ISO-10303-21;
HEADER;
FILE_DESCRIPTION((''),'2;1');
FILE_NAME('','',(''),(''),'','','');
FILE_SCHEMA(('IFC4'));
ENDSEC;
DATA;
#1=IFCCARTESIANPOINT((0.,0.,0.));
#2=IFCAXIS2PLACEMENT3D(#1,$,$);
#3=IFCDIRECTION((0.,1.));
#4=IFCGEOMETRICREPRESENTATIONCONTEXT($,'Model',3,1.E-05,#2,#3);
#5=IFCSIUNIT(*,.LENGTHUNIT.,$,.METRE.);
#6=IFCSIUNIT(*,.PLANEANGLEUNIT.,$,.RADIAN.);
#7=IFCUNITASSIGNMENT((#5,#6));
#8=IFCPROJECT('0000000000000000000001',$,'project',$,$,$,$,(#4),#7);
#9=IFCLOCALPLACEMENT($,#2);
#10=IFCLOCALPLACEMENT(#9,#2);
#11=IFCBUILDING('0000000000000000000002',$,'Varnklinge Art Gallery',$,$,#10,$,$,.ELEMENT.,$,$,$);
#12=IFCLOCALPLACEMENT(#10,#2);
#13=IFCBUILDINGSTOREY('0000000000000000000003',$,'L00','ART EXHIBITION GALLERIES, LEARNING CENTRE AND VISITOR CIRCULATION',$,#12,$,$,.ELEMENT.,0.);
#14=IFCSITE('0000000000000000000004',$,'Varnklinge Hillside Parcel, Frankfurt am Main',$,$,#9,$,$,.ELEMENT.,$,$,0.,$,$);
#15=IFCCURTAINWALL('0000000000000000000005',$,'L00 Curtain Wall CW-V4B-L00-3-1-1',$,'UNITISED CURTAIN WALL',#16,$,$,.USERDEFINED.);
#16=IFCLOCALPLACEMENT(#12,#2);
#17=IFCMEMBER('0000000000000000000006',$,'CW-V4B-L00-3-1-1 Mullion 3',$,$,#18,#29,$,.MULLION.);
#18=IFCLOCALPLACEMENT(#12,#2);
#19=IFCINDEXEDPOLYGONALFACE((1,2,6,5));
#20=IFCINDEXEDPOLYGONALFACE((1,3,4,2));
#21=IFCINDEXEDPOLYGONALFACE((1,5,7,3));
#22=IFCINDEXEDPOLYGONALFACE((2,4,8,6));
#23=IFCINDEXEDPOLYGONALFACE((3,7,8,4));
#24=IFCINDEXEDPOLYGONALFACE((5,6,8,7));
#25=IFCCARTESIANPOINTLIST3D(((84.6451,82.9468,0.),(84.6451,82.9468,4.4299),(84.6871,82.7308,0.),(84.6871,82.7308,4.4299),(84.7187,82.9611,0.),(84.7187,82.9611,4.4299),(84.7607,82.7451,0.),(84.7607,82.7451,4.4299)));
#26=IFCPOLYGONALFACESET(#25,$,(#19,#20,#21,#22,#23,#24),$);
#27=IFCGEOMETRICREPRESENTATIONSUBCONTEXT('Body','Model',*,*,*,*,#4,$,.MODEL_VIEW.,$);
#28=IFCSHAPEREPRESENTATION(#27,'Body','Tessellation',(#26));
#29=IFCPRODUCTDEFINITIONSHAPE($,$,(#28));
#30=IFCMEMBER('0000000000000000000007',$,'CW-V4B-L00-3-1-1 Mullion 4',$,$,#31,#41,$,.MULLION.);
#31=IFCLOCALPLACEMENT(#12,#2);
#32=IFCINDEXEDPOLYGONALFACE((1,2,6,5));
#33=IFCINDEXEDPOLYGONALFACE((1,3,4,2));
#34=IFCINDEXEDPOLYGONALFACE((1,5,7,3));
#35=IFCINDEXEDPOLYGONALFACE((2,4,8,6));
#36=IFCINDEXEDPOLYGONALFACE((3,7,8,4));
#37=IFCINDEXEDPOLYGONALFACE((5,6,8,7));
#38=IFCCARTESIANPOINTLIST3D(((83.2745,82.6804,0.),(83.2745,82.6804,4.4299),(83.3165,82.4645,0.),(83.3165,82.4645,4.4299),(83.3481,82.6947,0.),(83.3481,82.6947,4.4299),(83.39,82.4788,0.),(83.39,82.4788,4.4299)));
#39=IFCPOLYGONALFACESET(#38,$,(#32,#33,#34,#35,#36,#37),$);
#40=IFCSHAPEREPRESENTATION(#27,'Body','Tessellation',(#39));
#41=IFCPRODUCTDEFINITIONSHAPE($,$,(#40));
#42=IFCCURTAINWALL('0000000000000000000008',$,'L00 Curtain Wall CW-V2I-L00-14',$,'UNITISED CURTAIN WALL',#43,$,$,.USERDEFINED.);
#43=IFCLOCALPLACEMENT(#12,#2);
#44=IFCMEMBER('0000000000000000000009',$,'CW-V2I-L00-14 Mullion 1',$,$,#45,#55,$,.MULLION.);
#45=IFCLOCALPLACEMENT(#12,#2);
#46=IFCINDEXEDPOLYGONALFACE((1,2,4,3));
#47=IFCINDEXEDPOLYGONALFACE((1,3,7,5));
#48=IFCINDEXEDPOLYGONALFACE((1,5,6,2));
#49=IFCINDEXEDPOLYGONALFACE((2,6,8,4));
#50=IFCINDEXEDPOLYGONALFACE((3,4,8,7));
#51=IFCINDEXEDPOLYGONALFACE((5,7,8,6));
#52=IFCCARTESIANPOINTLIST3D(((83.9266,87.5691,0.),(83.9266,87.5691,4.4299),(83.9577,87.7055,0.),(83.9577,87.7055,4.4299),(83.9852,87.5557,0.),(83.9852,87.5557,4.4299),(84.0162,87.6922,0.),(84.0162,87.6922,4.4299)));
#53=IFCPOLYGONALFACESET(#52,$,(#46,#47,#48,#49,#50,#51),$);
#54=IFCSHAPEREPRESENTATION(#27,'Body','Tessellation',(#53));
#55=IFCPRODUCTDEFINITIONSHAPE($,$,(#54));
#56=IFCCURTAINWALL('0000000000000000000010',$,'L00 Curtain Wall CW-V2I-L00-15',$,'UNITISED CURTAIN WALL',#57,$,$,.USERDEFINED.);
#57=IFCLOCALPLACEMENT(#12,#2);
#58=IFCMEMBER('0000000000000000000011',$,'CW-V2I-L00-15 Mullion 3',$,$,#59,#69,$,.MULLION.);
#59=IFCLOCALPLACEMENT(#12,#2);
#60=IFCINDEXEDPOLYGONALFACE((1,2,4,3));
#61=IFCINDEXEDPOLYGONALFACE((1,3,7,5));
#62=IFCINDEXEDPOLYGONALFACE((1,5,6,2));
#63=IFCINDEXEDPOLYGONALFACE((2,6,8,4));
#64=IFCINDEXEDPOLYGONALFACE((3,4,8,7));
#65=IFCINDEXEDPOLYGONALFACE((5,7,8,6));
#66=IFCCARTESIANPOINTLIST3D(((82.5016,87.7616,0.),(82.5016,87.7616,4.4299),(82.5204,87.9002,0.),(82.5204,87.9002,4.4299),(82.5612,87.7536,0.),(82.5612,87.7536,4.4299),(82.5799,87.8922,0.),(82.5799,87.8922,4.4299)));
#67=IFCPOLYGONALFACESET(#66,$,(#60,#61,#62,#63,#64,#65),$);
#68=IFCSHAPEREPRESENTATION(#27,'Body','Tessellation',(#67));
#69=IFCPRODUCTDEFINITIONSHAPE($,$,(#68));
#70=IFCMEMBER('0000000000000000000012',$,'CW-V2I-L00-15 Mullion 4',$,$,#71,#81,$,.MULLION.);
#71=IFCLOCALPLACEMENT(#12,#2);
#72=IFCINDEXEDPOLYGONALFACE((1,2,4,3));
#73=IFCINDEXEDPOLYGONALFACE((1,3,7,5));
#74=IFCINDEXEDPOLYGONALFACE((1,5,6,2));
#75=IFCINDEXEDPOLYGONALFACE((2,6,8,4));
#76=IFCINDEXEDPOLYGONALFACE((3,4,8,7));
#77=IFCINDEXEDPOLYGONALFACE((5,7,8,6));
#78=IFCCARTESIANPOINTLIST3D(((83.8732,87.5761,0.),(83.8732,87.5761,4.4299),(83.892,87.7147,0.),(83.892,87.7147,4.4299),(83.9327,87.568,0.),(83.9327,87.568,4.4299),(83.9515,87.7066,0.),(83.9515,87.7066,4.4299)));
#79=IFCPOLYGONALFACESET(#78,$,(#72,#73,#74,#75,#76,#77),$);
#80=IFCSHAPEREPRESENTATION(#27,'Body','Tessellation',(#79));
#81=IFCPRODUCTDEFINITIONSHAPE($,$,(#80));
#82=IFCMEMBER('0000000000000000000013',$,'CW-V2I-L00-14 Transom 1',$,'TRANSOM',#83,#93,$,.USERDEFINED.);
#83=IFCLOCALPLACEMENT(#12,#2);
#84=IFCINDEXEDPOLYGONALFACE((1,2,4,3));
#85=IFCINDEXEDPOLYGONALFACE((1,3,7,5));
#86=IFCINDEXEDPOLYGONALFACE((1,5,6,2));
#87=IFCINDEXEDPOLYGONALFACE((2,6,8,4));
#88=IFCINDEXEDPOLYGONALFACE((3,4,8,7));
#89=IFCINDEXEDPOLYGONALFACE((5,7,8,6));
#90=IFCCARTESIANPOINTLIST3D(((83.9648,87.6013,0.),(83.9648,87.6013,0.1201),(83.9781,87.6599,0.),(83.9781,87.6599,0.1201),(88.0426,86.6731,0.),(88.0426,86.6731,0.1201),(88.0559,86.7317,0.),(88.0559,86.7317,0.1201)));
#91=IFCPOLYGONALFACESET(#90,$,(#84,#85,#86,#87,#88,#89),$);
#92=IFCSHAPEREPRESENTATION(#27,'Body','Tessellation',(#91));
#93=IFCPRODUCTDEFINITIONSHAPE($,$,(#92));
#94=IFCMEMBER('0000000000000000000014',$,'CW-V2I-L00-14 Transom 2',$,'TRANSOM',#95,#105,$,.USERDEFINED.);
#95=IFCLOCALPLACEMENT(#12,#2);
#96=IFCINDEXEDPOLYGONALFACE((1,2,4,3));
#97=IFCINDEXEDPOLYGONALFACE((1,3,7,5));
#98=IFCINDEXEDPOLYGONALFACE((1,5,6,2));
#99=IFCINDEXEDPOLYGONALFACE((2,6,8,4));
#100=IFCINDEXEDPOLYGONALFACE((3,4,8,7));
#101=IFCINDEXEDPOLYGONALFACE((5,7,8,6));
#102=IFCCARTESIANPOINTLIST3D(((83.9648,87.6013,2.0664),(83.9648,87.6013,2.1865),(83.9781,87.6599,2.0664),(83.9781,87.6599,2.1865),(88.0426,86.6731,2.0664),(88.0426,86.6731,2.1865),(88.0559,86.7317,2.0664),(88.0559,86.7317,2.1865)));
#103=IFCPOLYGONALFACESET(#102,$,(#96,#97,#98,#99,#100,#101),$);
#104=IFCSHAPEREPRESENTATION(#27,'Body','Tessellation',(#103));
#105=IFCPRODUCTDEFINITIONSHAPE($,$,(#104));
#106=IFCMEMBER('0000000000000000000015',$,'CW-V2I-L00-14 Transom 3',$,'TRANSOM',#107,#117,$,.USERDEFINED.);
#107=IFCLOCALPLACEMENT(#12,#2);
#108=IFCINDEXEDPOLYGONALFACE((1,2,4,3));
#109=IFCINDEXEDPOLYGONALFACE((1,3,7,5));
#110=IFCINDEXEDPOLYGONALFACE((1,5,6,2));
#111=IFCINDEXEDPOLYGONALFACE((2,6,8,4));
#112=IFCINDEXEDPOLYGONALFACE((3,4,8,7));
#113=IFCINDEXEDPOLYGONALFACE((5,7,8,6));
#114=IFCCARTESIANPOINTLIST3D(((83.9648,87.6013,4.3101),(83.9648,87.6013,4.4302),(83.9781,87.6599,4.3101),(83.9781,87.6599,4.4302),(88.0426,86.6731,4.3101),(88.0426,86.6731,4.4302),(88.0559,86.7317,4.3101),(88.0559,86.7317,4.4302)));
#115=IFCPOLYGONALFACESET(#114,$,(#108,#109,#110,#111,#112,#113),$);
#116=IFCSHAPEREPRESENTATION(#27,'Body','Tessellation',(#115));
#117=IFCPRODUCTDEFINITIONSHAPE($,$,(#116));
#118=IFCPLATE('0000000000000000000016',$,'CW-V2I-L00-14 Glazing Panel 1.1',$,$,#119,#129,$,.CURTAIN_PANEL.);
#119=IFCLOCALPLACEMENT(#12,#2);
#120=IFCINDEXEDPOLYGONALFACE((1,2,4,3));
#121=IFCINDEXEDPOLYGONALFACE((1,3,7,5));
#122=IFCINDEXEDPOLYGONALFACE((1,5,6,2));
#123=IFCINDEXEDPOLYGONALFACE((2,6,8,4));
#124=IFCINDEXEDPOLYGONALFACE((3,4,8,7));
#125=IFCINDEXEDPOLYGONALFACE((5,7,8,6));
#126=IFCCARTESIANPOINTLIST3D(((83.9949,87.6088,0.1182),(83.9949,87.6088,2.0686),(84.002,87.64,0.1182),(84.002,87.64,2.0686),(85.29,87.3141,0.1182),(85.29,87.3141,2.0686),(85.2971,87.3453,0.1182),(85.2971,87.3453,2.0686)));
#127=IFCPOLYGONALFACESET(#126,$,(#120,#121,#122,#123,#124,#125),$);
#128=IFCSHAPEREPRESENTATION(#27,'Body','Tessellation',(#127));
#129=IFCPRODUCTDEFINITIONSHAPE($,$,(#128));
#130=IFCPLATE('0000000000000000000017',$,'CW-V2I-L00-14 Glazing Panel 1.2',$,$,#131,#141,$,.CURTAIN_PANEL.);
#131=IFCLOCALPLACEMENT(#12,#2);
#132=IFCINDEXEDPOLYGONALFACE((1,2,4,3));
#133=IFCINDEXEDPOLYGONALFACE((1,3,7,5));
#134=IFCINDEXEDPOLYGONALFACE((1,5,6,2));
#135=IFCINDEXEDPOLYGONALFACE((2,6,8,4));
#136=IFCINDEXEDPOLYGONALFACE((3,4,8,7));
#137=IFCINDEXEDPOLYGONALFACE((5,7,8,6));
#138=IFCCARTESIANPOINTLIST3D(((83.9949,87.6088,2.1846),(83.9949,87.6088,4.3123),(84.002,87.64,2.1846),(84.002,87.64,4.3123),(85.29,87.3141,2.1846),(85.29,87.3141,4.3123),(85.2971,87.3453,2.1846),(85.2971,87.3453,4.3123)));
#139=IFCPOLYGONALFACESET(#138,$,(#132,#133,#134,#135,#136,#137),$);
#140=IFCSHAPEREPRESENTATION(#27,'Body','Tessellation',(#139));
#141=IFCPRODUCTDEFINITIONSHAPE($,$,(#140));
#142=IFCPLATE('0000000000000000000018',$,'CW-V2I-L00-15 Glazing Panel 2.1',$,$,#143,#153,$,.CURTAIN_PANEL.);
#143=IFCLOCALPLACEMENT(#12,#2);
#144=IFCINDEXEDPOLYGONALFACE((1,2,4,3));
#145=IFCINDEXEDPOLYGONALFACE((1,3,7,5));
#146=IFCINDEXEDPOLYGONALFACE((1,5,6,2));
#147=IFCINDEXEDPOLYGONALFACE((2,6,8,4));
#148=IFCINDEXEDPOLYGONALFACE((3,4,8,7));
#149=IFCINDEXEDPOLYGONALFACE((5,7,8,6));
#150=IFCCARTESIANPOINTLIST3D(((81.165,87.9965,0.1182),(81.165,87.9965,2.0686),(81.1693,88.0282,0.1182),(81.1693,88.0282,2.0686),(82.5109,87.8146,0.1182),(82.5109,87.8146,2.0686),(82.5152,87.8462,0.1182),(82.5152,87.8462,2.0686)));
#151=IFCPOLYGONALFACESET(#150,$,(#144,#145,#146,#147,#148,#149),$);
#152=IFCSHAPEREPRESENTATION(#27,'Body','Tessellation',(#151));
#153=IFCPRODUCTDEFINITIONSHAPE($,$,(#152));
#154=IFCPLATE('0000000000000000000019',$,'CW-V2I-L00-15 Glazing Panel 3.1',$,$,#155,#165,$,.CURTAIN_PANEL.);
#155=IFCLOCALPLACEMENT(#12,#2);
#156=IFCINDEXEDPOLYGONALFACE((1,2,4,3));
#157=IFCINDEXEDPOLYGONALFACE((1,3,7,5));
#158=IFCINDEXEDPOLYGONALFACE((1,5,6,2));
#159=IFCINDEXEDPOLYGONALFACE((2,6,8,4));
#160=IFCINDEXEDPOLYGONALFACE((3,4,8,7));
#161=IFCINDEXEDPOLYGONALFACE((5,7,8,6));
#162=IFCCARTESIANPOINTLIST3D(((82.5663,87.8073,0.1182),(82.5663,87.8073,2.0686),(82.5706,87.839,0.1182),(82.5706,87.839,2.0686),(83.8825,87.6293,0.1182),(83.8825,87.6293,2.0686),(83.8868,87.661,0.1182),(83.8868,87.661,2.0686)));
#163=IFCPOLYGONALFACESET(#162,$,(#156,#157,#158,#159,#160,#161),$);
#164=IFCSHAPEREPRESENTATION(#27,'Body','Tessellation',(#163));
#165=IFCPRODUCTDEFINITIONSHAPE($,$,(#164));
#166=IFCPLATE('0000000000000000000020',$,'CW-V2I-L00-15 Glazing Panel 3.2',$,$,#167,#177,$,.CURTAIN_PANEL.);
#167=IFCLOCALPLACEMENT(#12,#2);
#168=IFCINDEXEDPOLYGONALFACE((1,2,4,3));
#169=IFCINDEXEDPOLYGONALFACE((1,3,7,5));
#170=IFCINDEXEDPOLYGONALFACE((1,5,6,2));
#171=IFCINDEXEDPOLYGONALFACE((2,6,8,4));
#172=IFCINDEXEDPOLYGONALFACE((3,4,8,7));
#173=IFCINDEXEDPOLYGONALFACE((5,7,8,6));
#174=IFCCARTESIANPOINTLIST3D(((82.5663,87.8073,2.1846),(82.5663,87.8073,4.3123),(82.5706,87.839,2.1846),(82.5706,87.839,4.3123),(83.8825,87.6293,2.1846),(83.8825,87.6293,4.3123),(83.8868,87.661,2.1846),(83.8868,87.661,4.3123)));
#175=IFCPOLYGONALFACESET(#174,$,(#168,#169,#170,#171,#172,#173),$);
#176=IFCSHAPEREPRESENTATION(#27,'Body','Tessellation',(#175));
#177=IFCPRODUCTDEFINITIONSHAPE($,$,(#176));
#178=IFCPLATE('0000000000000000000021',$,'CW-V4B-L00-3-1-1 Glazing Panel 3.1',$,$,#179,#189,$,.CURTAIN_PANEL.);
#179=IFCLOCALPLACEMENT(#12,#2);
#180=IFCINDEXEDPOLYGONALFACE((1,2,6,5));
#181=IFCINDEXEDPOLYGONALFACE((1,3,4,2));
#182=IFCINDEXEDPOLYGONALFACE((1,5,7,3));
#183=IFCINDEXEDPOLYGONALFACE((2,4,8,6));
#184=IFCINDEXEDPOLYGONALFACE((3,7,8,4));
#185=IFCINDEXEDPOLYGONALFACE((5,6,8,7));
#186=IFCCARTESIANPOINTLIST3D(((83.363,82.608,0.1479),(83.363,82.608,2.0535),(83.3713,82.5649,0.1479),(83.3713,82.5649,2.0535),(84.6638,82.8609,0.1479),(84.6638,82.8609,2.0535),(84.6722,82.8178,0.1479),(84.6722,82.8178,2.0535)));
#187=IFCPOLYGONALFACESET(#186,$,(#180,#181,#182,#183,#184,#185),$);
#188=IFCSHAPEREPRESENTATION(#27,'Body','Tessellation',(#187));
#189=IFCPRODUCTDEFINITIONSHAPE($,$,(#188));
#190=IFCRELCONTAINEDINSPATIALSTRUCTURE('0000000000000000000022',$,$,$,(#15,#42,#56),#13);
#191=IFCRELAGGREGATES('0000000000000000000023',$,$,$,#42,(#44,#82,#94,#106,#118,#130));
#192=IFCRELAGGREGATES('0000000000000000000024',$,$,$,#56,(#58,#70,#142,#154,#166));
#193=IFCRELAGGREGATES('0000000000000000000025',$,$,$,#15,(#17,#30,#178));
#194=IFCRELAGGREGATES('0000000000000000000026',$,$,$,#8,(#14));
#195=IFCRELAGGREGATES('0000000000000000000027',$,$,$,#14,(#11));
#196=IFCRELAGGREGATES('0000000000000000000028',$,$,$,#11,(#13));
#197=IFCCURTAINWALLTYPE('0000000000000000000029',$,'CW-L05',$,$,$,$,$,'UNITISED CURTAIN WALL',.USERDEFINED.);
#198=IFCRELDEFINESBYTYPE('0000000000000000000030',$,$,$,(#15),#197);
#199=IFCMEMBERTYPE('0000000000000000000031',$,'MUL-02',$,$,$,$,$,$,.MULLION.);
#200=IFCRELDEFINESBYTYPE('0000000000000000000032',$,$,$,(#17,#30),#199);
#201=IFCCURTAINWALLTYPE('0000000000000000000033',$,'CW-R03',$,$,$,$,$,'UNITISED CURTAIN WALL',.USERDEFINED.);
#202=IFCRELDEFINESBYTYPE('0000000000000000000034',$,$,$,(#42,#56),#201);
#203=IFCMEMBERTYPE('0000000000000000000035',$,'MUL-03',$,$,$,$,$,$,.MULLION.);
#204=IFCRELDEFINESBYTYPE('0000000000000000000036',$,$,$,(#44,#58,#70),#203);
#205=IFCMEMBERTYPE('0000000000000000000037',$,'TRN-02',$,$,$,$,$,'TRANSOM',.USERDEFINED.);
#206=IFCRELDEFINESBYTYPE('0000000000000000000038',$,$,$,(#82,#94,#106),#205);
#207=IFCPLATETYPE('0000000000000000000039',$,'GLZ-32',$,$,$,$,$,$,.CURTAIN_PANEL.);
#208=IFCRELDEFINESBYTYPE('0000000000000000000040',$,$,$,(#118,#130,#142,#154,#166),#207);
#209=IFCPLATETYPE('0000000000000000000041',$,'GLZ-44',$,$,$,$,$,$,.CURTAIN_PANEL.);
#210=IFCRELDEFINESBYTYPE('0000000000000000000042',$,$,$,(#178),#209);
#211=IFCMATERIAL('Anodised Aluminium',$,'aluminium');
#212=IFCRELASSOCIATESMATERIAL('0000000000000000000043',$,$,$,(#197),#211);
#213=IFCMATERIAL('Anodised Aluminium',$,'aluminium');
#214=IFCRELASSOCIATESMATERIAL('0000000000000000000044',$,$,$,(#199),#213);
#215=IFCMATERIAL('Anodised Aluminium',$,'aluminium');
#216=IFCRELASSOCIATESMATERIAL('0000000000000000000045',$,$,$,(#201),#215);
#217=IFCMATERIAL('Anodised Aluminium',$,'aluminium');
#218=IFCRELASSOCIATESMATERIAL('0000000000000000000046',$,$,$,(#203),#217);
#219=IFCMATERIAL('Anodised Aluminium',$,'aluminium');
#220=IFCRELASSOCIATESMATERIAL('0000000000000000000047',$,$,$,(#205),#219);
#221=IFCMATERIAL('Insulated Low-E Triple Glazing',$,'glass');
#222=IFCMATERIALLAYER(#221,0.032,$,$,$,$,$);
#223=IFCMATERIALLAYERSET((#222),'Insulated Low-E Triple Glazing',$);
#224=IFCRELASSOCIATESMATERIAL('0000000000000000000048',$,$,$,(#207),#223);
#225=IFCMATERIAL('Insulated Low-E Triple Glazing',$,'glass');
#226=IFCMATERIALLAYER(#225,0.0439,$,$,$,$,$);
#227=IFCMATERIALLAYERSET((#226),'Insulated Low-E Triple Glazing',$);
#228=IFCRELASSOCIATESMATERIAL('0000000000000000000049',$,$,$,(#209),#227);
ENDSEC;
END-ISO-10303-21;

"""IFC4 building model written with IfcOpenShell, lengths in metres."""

from ifc_helpers import new_model, si_unit, direction, frame, origin, origin_2d, place, context, subcontext, project, spatial, rectangle, extrude, material, layer, layer_set, material_profile, profile_set, type_object, element, aggregate, save


model = new_model("IFC4")

# Units and contexts
model_context = context("Model", 3, precision=1e-05, world=origin(), true_north=direction((0.0, 1.0)))
body_context = subcontext(model_context, "Body", "Model", "MODEL_VIEW")
ifc_project = project(units=[si_unit("LENGTHUNIT", "METRE"), si_unit("PLANEANGLEUNIT", "RADIAN")], contexts=[model_context])

# Site, building, storey
site_placement = place(None, origin())
site = spatial("IfcSite", under=ifc_project, at=site_placement, Name="Varnklinge Hillside Parcel, Frankfurt am Main", CompositionType="ELEMENT", RefElevation=0.0)
building_placement = place(site_placement, origin())
building = spatial("IfcBuilding", under=site, at=building_placement, Name="Varnklinge Art Gallery", CompositionType="ELEMENT")
storey_placement = place(building_placement, origin())
storey = spatial("IfcBuildingStorey", under=building, at=storey_placement, Name="L00", Description="ART EXHIBITION GALLERIES, LEARNING CENTRE AND VISITOR CIRCULATION", CompositionType="ELEMENT", Elevation=0.0)

# Curtain wall, members
ifc_material_1 = material(Name="Anodised Aluminium", Category="aluminium")
curtain_wall_type_1 = type_object("IfcCurtainWallType", Name="CW-L05", ElementType="UNITISED CURTAIN WALL", PredefinedType="USERDEFINED", material=ifc_material_1)
curtain_wall_1_placement = place(storey_placement, origin())
curtain_wall_1 = element("IfcCurtainWall", 1, at=curtain_wall_1_placement, inside=storey, type_object=curtain_wall_type_1, Name="L00 Curtain Wall CW-V4B-L00-3-1-1", ObjectType="UNITISED CURTAIN WALL", PredefinedType="USERDEFINED")
ifc_material_2 = material(Name="Anodised Aluminium", Category="aluminium")
ifc_material_profile_1 = material_profile(ifc_material_2, rectangle(XDim=0.075, YDim=0.22, at=origin_2d()), Name="ALU 75x220")
ifc_profile_set_1 = profile_set([ifc_material_profile_1], Name="Anodised Aluminium")
member_type_1 = type_object("IfcMemberType", Name="MUL-02", PredefinedType="MULLION", material=ifc_profile_set_1)
member_1_placement = place(storey_placement, frame((84.7029, 82.8459, 0.0), z_axis=(0.0, 0.0, 1.0), x_axis=(-0.981627, -0.190809, 0.0)))
member_1 = element("IfcMember", 2, at=member_1_placement, type_object=member_type_1, Name="CW-V4B-L00-3-1-1 Mullion 3", PredefinedType="MULLION", context=body_context, shape_type="SweptSolid", body=[
    extrude(rectangle(XDim=0.075, YDim=0.22, at=origin_2d()), origin(), (0.0, 0.0, 1.0), 4.4299),
])
member_2_placement = place(storey_placement, frame((83.3323, 82.5796, 0.0), z_axis=(0.0, 0.0, 1.0), x_axis=(-0.981627, -0.190809, 0.0)))
member_2 = element("IfcMember", 3, at=member_2_placement, type_object=member_type_1, Name="CW-V4B-L00-3-1-1 Mullion 4", PredefinedType="MULLION", context=body_context, shape_type="SweptSolid", body=[
    extrude(rectangle(XDim=0.075, YDim=0.22, at=origin_2d()), origin(), (0.0, 0.0, 1.0), 4.4299),
])

# Curtain wall, member
ifc_material_3 = material(Name="Anodised Aluminium", Category="aluminium")
curtain_wall_type_2 = type_object("IfcCurtainWallType", Name="CW-R03", ElementType="UNITISED CURTAIN WALL", PredefinedType="USERDEFINED", material=ifc_material_3)
curtain_wall_2_placement = place(storey_placement, origin())
curtain_wall_2 = element("IfcCurtainWall", 4, at=curtain_wall_2_placement, inside=storey, type_object=curtain_wall_type_2, Name="L00 Curtain Wall CW-V2I-L00-14", ObjectType="UNITISED CURTAIN WALL", PredefinedType="USERDEFINED")
ifc_material_4 = material(Name="Anodised Aluminium", Category="aluminium")
ifc_material_profile_2 = material_profile(ifc_material_4, rectangle(XDim=0.0601, YDim=0.1399, at=origin_2d()), Name="ALU 60x140")
ifc_profile_set_2 = profile_set([ifc_material_profile_2], Name="Anodised Aluminium")
member_type_2 = type_object("IfcMemberType", Name="MUL-03", PredefinedType="MULLION", material=ifc_profile_set_2)
member_3_placement = place(storey_placement, frame((83.9714, 87.6306, 0.0), z_axis=(0.0, 0.0, 1.0), x_axis=(0.975072, -0.221889, 0.0)))
member_3 = element("IfcMember", 5, at=member_3_placement, type_object=member_type_2, Name="CW-V2I-L00-14 Mullion 1", PredefinedType="MULLION", context=body_context, shape_type="SweptSolid", body=[
    extrude(rectangle(XDim=0.0601, YDim=0.1399, at=origin_2d()), origin(), (0.0, 0.0, 1.0), 4.4299),
])

# Curtain wall, members
curtain_wall_3_placement = place(storey_placement, origin())
curtain_wall_3 = element("IfcCurtainWall", 6, at=curtain_wall_3_placement, inside=storey, type_object=curtain_wall_type_2, Name="L00 Curtain Wall CW-V2I-L00-15", ObjectType="UNITISED CURTAIN WALL", PredefinedType="USERDEFINED")
member_4_placement = place(storey_placement, frame((82.5408, 87.8269, 0.0), z_axis=(0.0, 0.0, 1.0), x_axis=(0.990983, -0.133986, 0.0)))
member_4 = element("IfcMember", 7, at=member_4_placement, type_object=member_type_2, Name="CW-V2I-L00-15 Mullion 3", PredefinedType="MULLION", context=body_context, shape_type="SweptSolid", body=[
    extrude(rectangle(XDim=0.0601, YDim=0.1399, at=origin_2d()), origin(), (0.0, 0.0, 1.0), 4.4299),
])
member_5_placement = place(storey_placement, frame((83.9124, 87.6414, 0.0), z_axis=(0.0, 0.0, 1.0), x_axis=(0.990983, -0.133986, 0.0)))
member_5 = element("IfcMember", 8, at=member_5_placement, type_object=member_type_2, Name="CW-V2I-L00-15 Mullion 4", PredefinedType="MULLION", context=body_context, shape_type="SweptSolid", body=[
    extrude(rectangle(XDim=0.0601, YDim=0.1399, at=origin_2d()), origin(), (0.0, 0.0, 1.0), 4.4299),
])

# Members
ifc_material_5 = material(Name="Anodised Aluminium", Category="aluminium")
ifc_material_profile_3 = material_profile(ifc_material_5, rectangle(XDim=0.0601, YDim=0.1201, at=origin_2d()), Name="ALU 60x120")
ifc_profile_set_3 = profile_set([ifc_material_profile_3], Name="Anodised Aluminium")
member_type_3 = type_object("IfcMemberType", Name="TRN-02", ElementType="TRANSOM", PredefinedType="USERDEFINED", material=ifc_profile_set_3)
member_6_placement = place(storey_placement, frame((83.9714, 87.6306, 0.0601), z_axis=(0.975059, -0.221947, 0.0), x_axis=(0.221947, 0.975059, 0.0)))
member_6 = element("IfcMember", 9, at=member_6_placement, type_object=member_type_3, Name="CW-V2I-L00-14 Transom 1", ObjectType="TRANSOM", PredefinedType="USERDEFINED", context=body_context, shape_type="SweptSolid", body=[
    extrude(rectangle(XDim=0.0601, YDim=0.1201, at=origin_2d()), origin(), (0.0, 0.0, 1.0), 4.1821),
])
member_7_placement = place(storey_placement, frame((83.9714, 87.6306, 2.1265), z_axis=(0.975059, -0.221947, 0.0), x_axis=(0.221947, 0.975059, 0.0)))
member_7 = element("IfcMember", 10, at=member_7_placement, type_object=member_type_3, Name="CW-V2I-L00-14 Transom 2", ObjectType="TRANSOM", PredefinedType="USERDEFINED", context=body_context, shape_type="SweptSolid", body=[
    extrude(rectangle(XDim=0.0601, YDim=0.1201, at=origin_2d()), origin(), (0.0, 0.0, 1.0), 4.1821),
])
member_8_placement = place(storey_placement, frame((83.9714, 87.6306, 4.3701), z_axis=(0.975059, -0.221947, 0.0), x_axis=(0.221947, 0.975059, 0.0)))
member_8 = element("IfcMember", 11, at=member_8_placement, type_object=member_type_3, Name="CW-V2I-L00-14 Transom 3", ObjectType="TRANSOM", PredefinedType="USERDEFINED", context=body_context, shape_type="SweptSolid", body=[
    extrude(rectangle(XDim=0.0601, YDim=0.1201, at=origin_2d()), origin(), (0.0, 0.0, 1.0), 4.1821),
])

# Plates
ifc_material_6 = material(Name="Insulated Low-E Triple Glazing", Category="glass")
ifc_layer_1 = layer(ifc_material_6, 0.032)
ifc_layer_set_1 = layer_set([ifc_layer_1], Name="Insulated Low-E Triple Glazing")
plate_type_1 = type_object("IfcPlateType", Name="GLZ-32", PredefinedType="CURTAIN_PANEL", material=ifc_layer_set_1)
plate_1_placement = place(storey_placement, frame((84.646, 87.4771, 0.1182), z_axis=(0.0, 0.0, 1.0), x_axis=(0.975072, -0.221889, 0.0)))
plate_1 = element("IfcPlate", 12, at=plate_1_placement, type_object=plate_type_1, Name="CW-V2I-L00-14 Glazing Panel 1.1", PredefinedType="CURTAIN_PANEL", context=body_context, shape_type="SweptSolid", body=[
    extrude(rectangle(XDim=1.3281, YDim=0.032, at=origin_2d()), origin(), (0.0, 0.0, 1.0), 1.9504),
])
plate_2_placement = place(storey_placement, frame((84.646, 87.4771, 2.1846), z_axis=(0.0, 0.0, 1.0), x_axis=(0.975072, -0.221889, 0.0)))
plate_2 = element("IfcPlate", 13, at=plate_2_placement, type_object=plate_type_1, Name="CW-V2I-L00-14 Glazing Panel 1.2", PredefinedType="CURTAIN_PANEL", context=body_context, shape_type="SweptSolid", body=[
    extrude(rectangle(XDim=1.3281, YDim=0.032, at=origin_2d()), origin(), (0.0, 0.0, 1.0), 2.1277),
])
aggregate(curtain_wall_2, [member_3, member_6, member_7, member_8, plate_1, plate_2])
plate_3_placement = place(storey_placement, frame((81.8401, 87.9214, 0.1182), z_axis=(0.0, 0.0, 1.0), x_axis=(0.990983, -0.133986, 0.0)))
plate_3 = element("IfcPlate", 14, at=plate_3_placement, type_object=plate_type_1, Name="CW-V2I-L00-15 Glazing Panel 2.1", PredefinedType="CURTAIN_PANEL", context=body_context, shape_type="SweptSolid", body=[
    extrude(rectangle(XDim=1.3582, YDim=0.032, at=origin_2d()), origin(), (0.0, 0.0, 1.0), 1.9504),
])
plate_4_placement = place(storey_placement, frame((83.2266, 87.7341, 0.1182), z_axis=(0.0, 0.0, 1.0), x_axis=(0.990983, -0.133986, 0.0)))
plate_4 = element("IfcPlate", 15, at=plate_4_placement, type_object=plate_type_1, Name="CW-V2I-L00-15 Glazing Panel 3.1", PredefinedType="CURTAIN_PANEL", context=body_context, shape_type="SweptSolid", body=[
    extrude(rectangle(XDim=1.3281, YDim=0.032, at=origin_2d()), origin(), (0.0, 0.0, 1.0), 1.9504),
])
plate_5_placement = place(storey_placement, frame((83.2266, 87.7341, 2.1846), z_axis=(0.0, 0.0, 1.0), x_axis=(0.990983, -0.133986, 0.0)))
plate_5 = element("IfcPlate", 16, at=plate_5_placement, type_object=plate_type_1, Name="CW-V2I-L00-15 Glazing Panel 3.2", PredefinedType="CURTAIN_PANEL", context=body_context, shape_type="SweptSolid", body=[
    extrude(rectangle(XDim=1.3281, YDim=0.032, at=origin_2d()), origin(), (0.0, 0.0, 1.0), 2.1277),
])
aggregate(curtain_wall_3, [member_4, member_5, plate_3, plate_4, plate_5])
ifc_material_7 = material(Name="Insulated Low-E Triple Glazing", Category="glass")
ifc_layer_2 = layer(ifc_material_7, 0.0439)
ifc_layer_set_2 = layer_set([ifc_layer_2], Name="Insulated Low-E Triple Glazing")
plate_type_2 = type_object("IfcPlateType", Name="GLZ-44", PredefinedType="CURTAIN_PANEL", material=ifc_layer_set_2)
plate_6_placement = place(storey_placement, frame((84.0176, 82.7129, 0.1479), z_axis=(0.0, 0.0, 1.0), x_axis=(-0.981627, -0.190809, 0.0)))
plate_6 = element("IfcPlate", 17, at=plate_6_placement, type_object=plate_type_2, Name="CW-V4B-L00-3-1-1 Glazing Panel 3.1", PredefinedType="CURTAIN_PANEL", context=body_context, shape_type="SweptSolid", body=[
    extrude(rectangle(XDim=1.3252, YDim=0.0439, at=origin_2d()), origin(), (0.0, 0.0, 1.0), 1.9055),
])
aggregate(curtain_wall_1, [member_1, member_2, plate_6])

save(model, "model.ifc")
